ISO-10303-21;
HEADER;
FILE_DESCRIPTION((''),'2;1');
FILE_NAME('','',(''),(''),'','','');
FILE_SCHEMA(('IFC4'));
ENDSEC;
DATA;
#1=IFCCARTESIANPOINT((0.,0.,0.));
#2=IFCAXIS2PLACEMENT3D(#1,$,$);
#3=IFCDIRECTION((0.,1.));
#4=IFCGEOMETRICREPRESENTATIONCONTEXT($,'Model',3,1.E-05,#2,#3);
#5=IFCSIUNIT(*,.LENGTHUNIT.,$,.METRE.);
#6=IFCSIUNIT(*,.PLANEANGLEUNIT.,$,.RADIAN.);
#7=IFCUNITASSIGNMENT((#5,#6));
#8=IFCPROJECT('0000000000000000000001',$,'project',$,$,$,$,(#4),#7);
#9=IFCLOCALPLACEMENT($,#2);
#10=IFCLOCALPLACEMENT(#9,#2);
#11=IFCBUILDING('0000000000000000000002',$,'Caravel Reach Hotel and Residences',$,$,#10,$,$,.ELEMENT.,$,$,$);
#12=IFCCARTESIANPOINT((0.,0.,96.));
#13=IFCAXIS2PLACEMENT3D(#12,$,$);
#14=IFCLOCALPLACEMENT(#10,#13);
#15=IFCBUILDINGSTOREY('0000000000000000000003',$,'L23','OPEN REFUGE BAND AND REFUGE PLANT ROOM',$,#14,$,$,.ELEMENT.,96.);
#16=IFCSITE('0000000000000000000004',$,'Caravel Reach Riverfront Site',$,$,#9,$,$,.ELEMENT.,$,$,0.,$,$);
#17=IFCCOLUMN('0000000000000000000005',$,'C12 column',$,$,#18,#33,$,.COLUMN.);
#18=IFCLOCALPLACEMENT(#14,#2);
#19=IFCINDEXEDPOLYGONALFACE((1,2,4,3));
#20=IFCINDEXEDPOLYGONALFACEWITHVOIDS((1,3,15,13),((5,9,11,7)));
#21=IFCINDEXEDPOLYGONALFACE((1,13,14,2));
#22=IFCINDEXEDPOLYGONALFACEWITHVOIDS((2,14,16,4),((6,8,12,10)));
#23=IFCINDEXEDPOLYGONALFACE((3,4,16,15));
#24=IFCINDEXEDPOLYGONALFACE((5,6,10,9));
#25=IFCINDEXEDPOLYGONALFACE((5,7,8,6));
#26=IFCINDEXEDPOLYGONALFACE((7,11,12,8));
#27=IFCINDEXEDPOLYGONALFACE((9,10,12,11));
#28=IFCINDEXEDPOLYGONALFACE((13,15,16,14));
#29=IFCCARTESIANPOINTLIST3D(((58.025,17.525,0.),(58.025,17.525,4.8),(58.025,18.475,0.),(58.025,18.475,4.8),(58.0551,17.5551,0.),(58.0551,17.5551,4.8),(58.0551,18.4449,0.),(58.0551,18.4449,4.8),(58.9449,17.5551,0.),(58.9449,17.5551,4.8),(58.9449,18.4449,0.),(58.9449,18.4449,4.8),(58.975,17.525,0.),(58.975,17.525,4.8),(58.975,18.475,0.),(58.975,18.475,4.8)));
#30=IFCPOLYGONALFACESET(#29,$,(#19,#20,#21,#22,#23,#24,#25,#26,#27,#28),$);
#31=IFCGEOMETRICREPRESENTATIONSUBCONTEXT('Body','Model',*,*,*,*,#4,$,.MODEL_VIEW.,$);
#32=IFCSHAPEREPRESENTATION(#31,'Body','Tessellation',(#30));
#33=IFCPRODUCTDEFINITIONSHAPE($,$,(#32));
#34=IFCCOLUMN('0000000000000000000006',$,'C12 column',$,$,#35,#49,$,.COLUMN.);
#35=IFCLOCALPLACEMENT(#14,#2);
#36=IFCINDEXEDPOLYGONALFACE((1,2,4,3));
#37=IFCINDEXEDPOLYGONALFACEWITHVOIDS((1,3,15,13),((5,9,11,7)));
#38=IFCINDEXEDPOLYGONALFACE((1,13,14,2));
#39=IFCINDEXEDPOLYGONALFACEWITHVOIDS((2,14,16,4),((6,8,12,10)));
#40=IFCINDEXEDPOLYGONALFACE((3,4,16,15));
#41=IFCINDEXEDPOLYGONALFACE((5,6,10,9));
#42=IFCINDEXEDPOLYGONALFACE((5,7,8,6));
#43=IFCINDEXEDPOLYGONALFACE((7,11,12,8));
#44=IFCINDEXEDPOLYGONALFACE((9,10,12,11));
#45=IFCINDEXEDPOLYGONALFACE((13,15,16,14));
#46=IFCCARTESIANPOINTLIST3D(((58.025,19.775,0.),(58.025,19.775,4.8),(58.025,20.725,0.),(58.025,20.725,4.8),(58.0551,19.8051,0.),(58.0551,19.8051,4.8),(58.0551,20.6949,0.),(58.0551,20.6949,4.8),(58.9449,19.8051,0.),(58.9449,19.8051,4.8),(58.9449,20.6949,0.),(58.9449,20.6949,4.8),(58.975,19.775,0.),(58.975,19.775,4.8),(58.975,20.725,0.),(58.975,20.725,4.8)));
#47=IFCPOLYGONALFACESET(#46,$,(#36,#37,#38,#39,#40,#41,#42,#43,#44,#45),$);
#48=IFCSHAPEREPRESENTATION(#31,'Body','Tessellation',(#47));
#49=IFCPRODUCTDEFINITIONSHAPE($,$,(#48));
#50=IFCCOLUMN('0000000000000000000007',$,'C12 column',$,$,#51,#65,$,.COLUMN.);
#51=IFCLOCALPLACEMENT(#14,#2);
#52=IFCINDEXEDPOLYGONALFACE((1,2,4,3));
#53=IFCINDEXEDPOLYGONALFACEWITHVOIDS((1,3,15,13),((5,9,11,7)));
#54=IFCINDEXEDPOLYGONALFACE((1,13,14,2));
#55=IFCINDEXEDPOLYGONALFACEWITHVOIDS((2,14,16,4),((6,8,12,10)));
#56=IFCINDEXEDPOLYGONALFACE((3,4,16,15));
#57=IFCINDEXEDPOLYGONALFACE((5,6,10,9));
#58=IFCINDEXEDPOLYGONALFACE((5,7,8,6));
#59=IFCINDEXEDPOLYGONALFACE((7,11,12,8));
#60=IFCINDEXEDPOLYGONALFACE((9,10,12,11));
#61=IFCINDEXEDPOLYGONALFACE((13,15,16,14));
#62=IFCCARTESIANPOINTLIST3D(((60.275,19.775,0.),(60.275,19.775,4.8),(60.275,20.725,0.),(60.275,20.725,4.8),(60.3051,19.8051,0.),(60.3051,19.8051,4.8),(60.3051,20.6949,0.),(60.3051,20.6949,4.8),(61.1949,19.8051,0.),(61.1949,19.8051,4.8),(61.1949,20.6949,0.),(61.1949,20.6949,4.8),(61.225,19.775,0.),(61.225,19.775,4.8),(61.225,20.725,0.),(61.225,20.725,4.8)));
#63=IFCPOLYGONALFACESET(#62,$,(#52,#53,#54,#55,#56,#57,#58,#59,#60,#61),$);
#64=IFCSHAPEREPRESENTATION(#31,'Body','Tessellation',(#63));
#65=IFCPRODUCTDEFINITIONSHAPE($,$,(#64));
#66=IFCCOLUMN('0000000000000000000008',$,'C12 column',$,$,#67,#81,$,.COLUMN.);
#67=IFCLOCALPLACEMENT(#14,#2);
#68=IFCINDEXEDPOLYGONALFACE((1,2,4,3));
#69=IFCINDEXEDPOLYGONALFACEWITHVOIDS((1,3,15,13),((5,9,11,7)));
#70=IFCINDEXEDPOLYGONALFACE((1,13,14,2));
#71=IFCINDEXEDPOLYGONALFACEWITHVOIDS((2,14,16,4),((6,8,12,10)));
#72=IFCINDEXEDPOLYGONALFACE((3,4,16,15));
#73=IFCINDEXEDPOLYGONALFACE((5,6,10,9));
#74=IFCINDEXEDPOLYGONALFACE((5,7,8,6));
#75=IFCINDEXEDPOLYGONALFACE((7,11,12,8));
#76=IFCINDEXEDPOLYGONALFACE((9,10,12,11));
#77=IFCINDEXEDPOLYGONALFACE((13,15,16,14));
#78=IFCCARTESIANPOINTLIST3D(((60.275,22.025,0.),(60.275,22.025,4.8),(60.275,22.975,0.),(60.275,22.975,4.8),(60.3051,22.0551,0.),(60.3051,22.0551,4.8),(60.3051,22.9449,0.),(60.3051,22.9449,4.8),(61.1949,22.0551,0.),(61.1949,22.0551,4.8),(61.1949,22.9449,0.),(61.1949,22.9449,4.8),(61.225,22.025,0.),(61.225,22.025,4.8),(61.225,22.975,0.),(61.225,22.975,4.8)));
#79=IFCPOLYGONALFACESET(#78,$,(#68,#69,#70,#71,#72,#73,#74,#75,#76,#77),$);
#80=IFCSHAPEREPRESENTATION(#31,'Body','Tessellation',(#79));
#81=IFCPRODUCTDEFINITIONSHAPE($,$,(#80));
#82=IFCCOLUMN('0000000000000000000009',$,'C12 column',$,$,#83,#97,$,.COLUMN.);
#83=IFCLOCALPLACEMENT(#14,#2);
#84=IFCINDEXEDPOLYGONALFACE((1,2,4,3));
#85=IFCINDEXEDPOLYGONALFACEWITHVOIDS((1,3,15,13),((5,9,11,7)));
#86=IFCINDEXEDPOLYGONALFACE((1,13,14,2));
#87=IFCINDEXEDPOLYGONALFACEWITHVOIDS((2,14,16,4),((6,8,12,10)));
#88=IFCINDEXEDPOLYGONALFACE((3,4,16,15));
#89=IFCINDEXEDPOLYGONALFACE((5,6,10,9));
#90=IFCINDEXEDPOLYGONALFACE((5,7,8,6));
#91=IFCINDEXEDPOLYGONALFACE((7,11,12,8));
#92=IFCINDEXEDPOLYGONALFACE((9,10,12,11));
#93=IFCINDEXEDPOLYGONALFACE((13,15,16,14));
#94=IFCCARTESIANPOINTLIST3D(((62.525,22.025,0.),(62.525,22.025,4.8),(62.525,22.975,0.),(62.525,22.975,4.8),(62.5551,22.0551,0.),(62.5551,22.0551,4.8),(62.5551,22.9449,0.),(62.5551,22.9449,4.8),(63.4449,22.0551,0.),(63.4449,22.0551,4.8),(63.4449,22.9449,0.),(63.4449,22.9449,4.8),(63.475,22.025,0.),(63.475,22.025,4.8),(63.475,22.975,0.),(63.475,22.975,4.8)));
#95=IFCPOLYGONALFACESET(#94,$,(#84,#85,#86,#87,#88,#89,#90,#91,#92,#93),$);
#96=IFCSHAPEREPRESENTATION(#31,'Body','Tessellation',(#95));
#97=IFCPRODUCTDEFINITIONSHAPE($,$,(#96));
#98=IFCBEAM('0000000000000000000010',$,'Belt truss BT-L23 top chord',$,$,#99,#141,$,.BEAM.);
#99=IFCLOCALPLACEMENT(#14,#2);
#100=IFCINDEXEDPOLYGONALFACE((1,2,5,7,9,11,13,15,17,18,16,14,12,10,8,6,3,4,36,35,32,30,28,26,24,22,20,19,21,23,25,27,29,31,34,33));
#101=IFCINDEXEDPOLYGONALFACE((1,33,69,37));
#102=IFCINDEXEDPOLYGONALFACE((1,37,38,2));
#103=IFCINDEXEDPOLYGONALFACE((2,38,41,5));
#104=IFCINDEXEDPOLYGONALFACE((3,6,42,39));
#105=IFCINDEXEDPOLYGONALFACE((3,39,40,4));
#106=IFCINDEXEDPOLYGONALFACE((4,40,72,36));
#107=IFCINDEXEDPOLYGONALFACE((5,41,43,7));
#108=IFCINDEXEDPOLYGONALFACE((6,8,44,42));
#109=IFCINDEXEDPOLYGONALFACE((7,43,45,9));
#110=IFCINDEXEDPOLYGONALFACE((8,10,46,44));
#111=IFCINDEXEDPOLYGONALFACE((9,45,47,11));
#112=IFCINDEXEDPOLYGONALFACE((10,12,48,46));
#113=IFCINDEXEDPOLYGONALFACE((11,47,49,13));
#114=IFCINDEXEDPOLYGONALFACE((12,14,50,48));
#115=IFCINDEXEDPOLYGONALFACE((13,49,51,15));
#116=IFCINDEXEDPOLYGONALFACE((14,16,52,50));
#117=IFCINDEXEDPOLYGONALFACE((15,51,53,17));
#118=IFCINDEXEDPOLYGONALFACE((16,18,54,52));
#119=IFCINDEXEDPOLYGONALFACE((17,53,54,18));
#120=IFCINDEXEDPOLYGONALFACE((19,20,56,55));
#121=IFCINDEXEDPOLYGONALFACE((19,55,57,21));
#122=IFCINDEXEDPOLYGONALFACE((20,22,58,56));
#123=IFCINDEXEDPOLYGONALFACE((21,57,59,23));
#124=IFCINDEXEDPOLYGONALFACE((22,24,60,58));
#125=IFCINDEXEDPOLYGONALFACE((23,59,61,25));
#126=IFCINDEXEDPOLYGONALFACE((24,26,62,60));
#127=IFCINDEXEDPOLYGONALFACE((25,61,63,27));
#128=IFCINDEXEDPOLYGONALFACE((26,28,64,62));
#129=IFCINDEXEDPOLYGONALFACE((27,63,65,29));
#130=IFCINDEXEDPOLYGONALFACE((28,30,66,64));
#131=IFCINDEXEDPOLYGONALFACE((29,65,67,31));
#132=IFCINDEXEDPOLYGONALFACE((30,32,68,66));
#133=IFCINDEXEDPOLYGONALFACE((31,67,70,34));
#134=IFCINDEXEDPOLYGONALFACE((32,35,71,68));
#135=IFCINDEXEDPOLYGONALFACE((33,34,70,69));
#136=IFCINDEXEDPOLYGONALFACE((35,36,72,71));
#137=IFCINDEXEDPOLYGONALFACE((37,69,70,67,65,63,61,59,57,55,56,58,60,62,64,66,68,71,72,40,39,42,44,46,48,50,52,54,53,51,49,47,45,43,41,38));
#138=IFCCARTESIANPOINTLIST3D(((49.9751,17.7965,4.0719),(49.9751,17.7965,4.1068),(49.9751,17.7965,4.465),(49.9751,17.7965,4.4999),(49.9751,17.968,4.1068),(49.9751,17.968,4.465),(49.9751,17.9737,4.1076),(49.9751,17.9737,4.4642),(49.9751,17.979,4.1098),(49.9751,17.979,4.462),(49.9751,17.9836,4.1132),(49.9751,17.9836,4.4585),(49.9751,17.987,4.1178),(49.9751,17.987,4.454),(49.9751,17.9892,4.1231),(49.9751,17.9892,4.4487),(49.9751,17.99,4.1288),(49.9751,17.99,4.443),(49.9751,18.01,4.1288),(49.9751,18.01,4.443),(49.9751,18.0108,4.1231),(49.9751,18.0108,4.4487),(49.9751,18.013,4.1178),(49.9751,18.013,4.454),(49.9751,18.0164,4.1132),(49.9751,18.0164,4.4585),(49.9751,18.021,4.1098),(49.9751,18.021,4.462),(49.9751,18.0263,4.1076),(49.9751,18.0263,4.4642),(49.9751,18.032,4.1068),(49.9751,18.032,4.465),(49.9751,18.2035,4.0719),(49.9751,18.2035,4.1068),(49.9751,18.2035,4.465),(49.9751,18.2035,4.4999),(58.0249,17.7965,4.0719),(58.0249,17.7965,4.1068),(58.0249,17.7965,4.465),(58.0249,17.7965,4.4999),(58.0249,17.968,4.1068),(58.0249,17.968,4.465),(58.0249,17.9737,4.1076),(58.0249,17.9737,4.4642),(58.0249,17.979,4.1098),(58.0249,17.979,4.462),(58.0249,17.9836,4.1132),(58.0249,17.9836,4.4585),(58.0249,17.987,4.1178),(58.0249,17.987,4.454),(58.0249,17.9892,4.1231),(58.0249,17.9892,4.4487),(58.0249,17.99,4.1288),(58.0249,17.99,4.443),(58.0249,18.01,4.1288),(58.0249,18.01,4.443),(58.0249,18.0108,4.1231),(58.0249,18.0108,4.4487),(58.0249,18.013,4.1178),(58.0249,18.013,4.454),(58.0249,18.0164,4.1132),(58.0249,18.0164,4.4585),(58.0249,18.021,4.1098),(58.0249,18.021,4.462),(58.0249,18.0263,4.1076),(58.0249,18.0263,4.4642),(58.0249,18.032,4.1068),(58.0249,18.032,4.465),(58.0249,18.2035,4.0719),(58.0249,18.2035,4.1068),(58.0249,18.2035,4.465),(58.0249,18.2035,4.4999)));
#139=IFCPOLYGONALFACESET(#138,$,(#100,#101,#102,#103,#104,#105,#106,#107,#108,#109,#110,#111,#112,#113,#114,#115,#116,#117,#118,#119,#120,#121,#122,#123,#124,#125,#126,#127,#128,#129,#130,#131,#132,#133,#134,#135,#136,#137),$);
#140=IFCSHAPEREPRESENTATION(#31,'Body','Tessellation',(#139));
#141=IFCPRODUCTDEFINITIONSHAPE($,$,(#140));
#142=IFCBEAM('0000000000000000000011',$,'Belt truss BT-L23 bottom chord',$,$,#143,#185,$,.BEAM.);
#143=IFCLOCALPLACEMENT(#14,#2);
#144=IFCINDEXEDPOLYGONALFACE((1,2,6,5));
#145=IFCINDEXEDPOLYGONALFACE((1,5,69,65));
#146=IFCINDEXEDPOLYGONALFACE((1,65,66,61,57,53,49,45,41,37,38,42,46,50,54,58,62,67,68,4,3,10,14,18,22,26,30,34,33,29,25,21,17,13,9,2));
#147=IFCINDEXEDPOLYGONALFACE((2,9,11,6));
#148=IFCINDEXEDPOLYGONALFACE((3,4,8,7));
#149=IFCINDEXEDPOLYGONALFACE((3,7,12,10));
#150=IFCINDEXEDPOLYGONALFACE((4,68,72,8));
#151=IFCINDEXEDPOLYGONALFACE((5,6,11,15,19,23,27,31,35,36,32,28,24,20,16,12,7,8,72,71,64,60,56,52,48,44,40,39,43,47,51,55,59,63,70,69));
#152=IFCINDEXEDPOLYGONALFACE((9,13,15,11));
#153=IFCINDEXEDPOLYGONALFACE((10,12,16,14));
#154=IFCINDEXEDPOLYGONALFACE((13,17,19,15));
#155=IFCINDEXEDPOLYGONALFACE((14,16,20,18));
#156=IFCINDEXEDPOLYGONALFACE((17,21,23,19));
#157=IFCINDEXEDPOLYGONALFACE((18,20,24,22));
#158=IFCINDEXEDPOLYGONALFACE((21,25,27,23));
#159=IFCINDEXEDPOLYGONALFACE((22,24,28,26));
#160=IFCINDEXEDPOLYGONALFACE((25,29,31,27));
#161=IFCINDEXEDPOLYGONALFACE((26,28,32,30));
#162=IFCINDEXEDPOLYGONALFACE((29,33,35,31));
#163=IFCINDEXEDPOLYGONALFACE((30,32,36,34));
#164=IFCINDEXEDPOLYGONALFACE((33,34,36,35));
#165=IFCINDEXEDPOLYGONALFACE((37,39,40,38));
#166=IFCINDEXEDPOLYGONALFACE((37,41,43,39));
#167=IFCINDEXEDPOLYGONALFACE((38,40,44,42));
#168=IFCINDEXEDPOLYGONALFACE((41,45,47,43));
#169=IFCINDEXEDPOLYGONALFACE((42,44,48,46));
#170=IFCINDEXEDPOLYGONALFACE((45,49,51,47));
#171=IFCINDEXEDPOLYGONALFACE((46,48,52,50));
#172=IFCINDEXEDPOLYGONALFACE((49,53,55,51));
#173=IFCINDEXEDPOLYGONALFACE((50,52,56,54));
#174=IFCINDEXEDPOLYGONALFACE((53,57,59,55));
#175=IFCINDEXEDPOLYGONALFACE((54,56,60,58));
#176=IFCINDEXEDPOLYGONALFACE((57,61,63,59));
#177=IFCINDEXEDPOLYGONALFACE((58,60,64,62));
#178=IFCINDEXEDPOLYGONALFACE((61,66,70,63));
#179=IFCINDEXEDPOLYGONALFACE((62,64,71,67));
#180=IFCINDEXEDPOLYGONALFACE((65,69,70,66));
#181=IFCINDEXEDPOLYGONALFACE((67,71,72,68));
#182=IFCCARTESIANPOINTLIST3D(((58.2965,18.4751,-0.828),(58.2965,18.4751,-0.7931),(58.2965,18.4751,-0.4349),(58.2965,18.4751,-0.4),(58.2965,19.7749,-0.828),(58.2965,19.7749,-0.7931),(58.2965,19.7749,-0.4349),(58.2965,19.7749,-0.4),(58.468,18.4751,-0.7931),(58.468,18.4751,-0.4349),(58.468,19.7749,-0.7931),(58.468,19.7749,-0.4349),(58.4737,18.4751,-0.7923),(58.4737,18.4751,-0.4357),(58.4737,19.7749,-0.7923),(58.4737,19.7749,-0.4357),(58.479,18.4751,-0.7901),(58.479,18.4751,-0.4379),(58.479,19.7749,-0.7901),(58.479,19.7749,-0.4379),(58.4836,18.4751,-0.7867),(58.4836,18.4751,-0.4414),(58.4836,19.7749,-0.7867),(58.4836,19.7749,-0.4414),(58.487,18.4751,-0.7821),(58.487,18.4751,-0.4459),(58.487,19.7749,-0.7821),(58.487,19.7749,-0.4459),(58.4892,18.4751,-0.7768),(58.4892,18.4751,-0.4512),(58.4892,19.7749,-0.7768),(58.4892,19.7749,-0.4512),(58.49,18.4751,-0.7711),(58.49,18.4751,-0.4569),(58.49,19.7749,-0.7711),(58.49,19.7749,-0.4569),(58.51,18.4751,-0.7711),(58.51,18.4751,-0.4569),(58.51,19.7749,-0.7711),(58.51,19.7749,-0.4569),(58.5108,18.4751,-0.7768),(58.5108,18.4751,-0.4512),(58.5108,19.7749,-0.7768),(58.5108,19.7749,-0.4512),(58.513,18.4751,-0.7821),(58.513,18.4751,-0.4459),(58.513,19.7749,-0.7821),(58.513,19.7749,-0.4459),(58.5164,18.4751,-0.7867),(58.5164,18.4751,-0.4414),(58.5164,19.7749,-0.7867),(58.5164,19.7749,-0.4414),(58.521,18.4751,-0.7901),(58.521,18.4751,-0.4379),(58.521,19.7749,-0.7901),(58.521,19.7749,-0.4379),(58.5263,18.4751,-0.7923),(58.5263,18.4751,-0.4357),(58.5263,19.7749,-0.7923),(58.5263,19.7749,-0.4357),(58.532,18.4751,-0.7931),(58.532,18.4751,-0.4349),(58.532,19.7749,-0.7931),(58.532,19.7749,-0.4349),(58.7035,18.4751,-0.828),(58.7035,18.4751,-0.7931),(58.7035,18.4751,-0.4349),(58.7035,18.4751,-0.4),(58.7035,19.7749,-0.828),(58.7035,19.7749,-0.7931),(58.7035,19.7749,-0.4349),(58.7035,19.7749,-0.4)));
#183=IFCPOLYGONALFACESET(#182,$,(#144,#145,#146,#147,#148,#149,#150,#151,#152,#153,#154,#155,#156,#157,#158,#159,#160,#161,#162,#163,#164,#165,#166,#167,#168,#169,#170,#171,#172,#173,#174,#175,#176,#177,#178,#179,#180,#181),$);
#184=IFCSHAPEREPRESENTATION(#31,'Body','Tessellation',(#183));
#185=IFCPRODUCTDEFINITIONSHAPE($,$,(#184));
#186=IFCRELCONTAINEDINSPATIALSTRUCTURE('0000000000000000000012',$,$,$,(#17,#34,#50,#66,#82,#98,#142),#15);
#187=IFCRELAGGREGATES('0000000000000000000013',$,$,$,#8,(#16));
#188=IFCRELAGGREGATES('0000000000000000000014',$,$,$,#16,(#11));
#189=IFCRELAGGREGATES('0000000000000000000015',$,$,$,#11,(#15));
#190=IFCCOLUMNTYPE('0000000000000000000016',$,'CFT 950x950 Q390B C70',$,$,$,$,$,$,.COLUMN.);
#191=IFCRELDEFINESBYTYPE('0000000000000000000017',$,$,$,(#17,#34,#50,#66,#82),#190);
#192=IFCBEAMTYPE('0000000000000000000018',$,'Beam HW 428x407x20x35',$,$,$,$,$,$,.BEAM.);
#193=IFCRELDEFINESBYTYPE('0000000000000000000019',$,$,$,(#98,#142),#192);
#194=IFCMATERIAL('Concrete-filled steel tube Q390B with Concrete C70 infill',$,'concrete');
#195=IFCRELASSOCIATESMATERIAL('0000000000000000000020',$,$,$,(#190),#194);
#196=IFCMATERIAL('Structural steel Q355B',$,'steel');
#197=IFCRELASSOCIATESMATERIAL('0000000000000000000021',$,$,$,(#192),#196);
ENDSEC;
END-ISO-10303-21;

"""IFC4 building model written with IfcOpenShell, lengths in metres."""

from ifc_helpers import new_model, si_unit, direction, frame, origin, origin_2d, place, context, subcontext, project, spatial, hollow_rectangle, i_section, extrude, material, material_profile, profile_set, type_object, element, save


model = new_model("IFC4")

# Units and contexts
model_context = context("Model", 3, precision=1e-05, world=origin(), true_north=direction((0.0, 1.0)))
body_context = subcontext(model_context, "Body", "Model", "MODEL_VIEW")
ifc_project = project(units=[si_unit("LENGTHUNIT", "METRE"), si_unit("PLANEANGLEUNIT", "RADIAN")], contexts=[model_context])

# Site, building, storey
site_placement = place(None, origin())
site = spatial("IfcSite", under=ifc_project, at=site_placement, Name="Caravel Reach Riverfront Site", CompositionType="ELEMENT", RefElevation=0.0)
building_placement = place(site_placement, origin())
building = spatial("IfcBuilding", under=site, at=building_placement, Name="Caravel Reach Hotel and Residences", CompositionType="ELEMENT")
storey_placement = place(building_placement, frame((0.0, 0.0, 96.0)))
storey = spatial("IfcBuildingStorey", under=building, at=storey_placement, Name="L23", Description="OPEN REFUGE BAND AND REFUGE PLANT ROOM", CompositionType="ELEMENT", Elevation=96.0)

# Columns
ifc_material_1 = material(Name="Concrete-filled steel tube Q390B with Concrete C70 infill", Category="concrete")
ifc_material_profile_1 = material_profile(ifc_material_1, hollow_rectangle(XDim=0.95, YDim=0.95, WallThickness=0.03, at=origin_2d()), Name="RHS 950x950x30")
ifc_profile_set_1 = profile_set([ifc_material_profile_1], Name="Concrete-filled steel tube Q390B with Concrete C70 infill")
column_type = type_object("IfcColumnType", Name="CFT 950x950 Q390B C70", PredefinedType="COLUMN", material=ifc_profile_set_1)
for number, where, z_axis, x_axis, name in (
    (1, (58.5, 18.0, 0.0), (0.0, 0.0, 1.0), (1.0, 0.0, 0.0), "C12 column"),
    (2, (58.5, 20.25, 0.0), (0.0, 0.0, 1.0), (1.0, 0.0, 0.0), "C12 column"),
    (3, (60.75, 20.25, 0.0), (0.0, 0.0, 1.0), (1.0, 0.0, 0.0), "C12 column"),
    (4, (60.75, 22.5, 0.0), (0.0, 0.0, 1.0), (1.0, 0.0, 0.0), "C12 column"),
    (5, (63.0, 22.5, 0.0), (0.0, 0.0, 1.0), (1.0, 0.0, 0.0), "C12 column"),
):
    element("IfcColumn", number, at=place(storey_placement, frame(where, z_axis=z_axis, x_axis=x_axis)), inside=storey, type_object=column_type, Name=name, PredefinedType="COLUMN", context=body_context, shape_type="SweptSolid", body=[
        extrude(hollow_rectangle(XDim=0.95, YDim=0.95, WallThickness=0.03, at=origin_2d()), origin(), (0.0, 0.0, 1.0), 4.8),
    ])

# Beams
ifc_material_2 = material(Name="Structural steel Q355B", Category="steel")
ifc_material_profile_2 = material_profile(ifc_material_2, i_section(OverallWidth=0.407, OverallDepth=0.428, WebThickness=0.02, FlangeThickness=0.0349, FilletRadius=0.022, at=origin_2d()), Name="HW 428x407x20x35")
ifc_profile_set_2 = profile_set([ifc_material_profile_2], Name="Structural steel Q355B")
beam_type = type_object("IfcBeamType", Name="Beam HW 428x407x20x35", PredefinedType="BEAM", material=ifc_profile_set_2)
beam_placement = place(storey_placement, frame((49.9751, 18.0, 4.2859), z_axis=(1.0, 0.0, 0.0), x_axis=(0.0, 1.0, 0.0)))
element("IfcBeam", 6, at=beam_placement, inside=storey, type_object=beam_type, Name="Belt truss BT-L23 top chord", PredefinedType="BEAM", context=body_context, shape_type="SweptSolid", body=[
    extrude(i_section(OverallWidth=0.407, OverallDepth=0.428, WebThickness=0.02, FlangeThickness=0.0349, FilletRadius=0.022, at=origin_2d()), origin(), (0.0, 0.0, 1.0), 8.0498),
])
for number, where, z_axis, x_axis, name in (
    (7, (58.5, 18.4751, -0.614), (0.0, 1.0, 0.0), (-1.0, 0.0, 0.0), "Belt truss BT-L23 bottom chord"),
):
    element("IfcBeam", number, at=place(storey_placement, frame(where, z_axis=z_axis, x_axis=x_axis)), inside=storey, type_object=beam_type, Name=name, PredefinedType="BEAM", context=body_context, shape_type="SweptSolid", body=[
        extrude(i_section(OverallWidth=0.407, OverallDepth=0.428, WebThickness=0.02, FlangeThickness=0.0349, FilletRadius=0.022, at=origin_2d()), origin(), (0.0, 0.0, 1.0), 1.2998),
    ])

save(model, "model.ifc")
